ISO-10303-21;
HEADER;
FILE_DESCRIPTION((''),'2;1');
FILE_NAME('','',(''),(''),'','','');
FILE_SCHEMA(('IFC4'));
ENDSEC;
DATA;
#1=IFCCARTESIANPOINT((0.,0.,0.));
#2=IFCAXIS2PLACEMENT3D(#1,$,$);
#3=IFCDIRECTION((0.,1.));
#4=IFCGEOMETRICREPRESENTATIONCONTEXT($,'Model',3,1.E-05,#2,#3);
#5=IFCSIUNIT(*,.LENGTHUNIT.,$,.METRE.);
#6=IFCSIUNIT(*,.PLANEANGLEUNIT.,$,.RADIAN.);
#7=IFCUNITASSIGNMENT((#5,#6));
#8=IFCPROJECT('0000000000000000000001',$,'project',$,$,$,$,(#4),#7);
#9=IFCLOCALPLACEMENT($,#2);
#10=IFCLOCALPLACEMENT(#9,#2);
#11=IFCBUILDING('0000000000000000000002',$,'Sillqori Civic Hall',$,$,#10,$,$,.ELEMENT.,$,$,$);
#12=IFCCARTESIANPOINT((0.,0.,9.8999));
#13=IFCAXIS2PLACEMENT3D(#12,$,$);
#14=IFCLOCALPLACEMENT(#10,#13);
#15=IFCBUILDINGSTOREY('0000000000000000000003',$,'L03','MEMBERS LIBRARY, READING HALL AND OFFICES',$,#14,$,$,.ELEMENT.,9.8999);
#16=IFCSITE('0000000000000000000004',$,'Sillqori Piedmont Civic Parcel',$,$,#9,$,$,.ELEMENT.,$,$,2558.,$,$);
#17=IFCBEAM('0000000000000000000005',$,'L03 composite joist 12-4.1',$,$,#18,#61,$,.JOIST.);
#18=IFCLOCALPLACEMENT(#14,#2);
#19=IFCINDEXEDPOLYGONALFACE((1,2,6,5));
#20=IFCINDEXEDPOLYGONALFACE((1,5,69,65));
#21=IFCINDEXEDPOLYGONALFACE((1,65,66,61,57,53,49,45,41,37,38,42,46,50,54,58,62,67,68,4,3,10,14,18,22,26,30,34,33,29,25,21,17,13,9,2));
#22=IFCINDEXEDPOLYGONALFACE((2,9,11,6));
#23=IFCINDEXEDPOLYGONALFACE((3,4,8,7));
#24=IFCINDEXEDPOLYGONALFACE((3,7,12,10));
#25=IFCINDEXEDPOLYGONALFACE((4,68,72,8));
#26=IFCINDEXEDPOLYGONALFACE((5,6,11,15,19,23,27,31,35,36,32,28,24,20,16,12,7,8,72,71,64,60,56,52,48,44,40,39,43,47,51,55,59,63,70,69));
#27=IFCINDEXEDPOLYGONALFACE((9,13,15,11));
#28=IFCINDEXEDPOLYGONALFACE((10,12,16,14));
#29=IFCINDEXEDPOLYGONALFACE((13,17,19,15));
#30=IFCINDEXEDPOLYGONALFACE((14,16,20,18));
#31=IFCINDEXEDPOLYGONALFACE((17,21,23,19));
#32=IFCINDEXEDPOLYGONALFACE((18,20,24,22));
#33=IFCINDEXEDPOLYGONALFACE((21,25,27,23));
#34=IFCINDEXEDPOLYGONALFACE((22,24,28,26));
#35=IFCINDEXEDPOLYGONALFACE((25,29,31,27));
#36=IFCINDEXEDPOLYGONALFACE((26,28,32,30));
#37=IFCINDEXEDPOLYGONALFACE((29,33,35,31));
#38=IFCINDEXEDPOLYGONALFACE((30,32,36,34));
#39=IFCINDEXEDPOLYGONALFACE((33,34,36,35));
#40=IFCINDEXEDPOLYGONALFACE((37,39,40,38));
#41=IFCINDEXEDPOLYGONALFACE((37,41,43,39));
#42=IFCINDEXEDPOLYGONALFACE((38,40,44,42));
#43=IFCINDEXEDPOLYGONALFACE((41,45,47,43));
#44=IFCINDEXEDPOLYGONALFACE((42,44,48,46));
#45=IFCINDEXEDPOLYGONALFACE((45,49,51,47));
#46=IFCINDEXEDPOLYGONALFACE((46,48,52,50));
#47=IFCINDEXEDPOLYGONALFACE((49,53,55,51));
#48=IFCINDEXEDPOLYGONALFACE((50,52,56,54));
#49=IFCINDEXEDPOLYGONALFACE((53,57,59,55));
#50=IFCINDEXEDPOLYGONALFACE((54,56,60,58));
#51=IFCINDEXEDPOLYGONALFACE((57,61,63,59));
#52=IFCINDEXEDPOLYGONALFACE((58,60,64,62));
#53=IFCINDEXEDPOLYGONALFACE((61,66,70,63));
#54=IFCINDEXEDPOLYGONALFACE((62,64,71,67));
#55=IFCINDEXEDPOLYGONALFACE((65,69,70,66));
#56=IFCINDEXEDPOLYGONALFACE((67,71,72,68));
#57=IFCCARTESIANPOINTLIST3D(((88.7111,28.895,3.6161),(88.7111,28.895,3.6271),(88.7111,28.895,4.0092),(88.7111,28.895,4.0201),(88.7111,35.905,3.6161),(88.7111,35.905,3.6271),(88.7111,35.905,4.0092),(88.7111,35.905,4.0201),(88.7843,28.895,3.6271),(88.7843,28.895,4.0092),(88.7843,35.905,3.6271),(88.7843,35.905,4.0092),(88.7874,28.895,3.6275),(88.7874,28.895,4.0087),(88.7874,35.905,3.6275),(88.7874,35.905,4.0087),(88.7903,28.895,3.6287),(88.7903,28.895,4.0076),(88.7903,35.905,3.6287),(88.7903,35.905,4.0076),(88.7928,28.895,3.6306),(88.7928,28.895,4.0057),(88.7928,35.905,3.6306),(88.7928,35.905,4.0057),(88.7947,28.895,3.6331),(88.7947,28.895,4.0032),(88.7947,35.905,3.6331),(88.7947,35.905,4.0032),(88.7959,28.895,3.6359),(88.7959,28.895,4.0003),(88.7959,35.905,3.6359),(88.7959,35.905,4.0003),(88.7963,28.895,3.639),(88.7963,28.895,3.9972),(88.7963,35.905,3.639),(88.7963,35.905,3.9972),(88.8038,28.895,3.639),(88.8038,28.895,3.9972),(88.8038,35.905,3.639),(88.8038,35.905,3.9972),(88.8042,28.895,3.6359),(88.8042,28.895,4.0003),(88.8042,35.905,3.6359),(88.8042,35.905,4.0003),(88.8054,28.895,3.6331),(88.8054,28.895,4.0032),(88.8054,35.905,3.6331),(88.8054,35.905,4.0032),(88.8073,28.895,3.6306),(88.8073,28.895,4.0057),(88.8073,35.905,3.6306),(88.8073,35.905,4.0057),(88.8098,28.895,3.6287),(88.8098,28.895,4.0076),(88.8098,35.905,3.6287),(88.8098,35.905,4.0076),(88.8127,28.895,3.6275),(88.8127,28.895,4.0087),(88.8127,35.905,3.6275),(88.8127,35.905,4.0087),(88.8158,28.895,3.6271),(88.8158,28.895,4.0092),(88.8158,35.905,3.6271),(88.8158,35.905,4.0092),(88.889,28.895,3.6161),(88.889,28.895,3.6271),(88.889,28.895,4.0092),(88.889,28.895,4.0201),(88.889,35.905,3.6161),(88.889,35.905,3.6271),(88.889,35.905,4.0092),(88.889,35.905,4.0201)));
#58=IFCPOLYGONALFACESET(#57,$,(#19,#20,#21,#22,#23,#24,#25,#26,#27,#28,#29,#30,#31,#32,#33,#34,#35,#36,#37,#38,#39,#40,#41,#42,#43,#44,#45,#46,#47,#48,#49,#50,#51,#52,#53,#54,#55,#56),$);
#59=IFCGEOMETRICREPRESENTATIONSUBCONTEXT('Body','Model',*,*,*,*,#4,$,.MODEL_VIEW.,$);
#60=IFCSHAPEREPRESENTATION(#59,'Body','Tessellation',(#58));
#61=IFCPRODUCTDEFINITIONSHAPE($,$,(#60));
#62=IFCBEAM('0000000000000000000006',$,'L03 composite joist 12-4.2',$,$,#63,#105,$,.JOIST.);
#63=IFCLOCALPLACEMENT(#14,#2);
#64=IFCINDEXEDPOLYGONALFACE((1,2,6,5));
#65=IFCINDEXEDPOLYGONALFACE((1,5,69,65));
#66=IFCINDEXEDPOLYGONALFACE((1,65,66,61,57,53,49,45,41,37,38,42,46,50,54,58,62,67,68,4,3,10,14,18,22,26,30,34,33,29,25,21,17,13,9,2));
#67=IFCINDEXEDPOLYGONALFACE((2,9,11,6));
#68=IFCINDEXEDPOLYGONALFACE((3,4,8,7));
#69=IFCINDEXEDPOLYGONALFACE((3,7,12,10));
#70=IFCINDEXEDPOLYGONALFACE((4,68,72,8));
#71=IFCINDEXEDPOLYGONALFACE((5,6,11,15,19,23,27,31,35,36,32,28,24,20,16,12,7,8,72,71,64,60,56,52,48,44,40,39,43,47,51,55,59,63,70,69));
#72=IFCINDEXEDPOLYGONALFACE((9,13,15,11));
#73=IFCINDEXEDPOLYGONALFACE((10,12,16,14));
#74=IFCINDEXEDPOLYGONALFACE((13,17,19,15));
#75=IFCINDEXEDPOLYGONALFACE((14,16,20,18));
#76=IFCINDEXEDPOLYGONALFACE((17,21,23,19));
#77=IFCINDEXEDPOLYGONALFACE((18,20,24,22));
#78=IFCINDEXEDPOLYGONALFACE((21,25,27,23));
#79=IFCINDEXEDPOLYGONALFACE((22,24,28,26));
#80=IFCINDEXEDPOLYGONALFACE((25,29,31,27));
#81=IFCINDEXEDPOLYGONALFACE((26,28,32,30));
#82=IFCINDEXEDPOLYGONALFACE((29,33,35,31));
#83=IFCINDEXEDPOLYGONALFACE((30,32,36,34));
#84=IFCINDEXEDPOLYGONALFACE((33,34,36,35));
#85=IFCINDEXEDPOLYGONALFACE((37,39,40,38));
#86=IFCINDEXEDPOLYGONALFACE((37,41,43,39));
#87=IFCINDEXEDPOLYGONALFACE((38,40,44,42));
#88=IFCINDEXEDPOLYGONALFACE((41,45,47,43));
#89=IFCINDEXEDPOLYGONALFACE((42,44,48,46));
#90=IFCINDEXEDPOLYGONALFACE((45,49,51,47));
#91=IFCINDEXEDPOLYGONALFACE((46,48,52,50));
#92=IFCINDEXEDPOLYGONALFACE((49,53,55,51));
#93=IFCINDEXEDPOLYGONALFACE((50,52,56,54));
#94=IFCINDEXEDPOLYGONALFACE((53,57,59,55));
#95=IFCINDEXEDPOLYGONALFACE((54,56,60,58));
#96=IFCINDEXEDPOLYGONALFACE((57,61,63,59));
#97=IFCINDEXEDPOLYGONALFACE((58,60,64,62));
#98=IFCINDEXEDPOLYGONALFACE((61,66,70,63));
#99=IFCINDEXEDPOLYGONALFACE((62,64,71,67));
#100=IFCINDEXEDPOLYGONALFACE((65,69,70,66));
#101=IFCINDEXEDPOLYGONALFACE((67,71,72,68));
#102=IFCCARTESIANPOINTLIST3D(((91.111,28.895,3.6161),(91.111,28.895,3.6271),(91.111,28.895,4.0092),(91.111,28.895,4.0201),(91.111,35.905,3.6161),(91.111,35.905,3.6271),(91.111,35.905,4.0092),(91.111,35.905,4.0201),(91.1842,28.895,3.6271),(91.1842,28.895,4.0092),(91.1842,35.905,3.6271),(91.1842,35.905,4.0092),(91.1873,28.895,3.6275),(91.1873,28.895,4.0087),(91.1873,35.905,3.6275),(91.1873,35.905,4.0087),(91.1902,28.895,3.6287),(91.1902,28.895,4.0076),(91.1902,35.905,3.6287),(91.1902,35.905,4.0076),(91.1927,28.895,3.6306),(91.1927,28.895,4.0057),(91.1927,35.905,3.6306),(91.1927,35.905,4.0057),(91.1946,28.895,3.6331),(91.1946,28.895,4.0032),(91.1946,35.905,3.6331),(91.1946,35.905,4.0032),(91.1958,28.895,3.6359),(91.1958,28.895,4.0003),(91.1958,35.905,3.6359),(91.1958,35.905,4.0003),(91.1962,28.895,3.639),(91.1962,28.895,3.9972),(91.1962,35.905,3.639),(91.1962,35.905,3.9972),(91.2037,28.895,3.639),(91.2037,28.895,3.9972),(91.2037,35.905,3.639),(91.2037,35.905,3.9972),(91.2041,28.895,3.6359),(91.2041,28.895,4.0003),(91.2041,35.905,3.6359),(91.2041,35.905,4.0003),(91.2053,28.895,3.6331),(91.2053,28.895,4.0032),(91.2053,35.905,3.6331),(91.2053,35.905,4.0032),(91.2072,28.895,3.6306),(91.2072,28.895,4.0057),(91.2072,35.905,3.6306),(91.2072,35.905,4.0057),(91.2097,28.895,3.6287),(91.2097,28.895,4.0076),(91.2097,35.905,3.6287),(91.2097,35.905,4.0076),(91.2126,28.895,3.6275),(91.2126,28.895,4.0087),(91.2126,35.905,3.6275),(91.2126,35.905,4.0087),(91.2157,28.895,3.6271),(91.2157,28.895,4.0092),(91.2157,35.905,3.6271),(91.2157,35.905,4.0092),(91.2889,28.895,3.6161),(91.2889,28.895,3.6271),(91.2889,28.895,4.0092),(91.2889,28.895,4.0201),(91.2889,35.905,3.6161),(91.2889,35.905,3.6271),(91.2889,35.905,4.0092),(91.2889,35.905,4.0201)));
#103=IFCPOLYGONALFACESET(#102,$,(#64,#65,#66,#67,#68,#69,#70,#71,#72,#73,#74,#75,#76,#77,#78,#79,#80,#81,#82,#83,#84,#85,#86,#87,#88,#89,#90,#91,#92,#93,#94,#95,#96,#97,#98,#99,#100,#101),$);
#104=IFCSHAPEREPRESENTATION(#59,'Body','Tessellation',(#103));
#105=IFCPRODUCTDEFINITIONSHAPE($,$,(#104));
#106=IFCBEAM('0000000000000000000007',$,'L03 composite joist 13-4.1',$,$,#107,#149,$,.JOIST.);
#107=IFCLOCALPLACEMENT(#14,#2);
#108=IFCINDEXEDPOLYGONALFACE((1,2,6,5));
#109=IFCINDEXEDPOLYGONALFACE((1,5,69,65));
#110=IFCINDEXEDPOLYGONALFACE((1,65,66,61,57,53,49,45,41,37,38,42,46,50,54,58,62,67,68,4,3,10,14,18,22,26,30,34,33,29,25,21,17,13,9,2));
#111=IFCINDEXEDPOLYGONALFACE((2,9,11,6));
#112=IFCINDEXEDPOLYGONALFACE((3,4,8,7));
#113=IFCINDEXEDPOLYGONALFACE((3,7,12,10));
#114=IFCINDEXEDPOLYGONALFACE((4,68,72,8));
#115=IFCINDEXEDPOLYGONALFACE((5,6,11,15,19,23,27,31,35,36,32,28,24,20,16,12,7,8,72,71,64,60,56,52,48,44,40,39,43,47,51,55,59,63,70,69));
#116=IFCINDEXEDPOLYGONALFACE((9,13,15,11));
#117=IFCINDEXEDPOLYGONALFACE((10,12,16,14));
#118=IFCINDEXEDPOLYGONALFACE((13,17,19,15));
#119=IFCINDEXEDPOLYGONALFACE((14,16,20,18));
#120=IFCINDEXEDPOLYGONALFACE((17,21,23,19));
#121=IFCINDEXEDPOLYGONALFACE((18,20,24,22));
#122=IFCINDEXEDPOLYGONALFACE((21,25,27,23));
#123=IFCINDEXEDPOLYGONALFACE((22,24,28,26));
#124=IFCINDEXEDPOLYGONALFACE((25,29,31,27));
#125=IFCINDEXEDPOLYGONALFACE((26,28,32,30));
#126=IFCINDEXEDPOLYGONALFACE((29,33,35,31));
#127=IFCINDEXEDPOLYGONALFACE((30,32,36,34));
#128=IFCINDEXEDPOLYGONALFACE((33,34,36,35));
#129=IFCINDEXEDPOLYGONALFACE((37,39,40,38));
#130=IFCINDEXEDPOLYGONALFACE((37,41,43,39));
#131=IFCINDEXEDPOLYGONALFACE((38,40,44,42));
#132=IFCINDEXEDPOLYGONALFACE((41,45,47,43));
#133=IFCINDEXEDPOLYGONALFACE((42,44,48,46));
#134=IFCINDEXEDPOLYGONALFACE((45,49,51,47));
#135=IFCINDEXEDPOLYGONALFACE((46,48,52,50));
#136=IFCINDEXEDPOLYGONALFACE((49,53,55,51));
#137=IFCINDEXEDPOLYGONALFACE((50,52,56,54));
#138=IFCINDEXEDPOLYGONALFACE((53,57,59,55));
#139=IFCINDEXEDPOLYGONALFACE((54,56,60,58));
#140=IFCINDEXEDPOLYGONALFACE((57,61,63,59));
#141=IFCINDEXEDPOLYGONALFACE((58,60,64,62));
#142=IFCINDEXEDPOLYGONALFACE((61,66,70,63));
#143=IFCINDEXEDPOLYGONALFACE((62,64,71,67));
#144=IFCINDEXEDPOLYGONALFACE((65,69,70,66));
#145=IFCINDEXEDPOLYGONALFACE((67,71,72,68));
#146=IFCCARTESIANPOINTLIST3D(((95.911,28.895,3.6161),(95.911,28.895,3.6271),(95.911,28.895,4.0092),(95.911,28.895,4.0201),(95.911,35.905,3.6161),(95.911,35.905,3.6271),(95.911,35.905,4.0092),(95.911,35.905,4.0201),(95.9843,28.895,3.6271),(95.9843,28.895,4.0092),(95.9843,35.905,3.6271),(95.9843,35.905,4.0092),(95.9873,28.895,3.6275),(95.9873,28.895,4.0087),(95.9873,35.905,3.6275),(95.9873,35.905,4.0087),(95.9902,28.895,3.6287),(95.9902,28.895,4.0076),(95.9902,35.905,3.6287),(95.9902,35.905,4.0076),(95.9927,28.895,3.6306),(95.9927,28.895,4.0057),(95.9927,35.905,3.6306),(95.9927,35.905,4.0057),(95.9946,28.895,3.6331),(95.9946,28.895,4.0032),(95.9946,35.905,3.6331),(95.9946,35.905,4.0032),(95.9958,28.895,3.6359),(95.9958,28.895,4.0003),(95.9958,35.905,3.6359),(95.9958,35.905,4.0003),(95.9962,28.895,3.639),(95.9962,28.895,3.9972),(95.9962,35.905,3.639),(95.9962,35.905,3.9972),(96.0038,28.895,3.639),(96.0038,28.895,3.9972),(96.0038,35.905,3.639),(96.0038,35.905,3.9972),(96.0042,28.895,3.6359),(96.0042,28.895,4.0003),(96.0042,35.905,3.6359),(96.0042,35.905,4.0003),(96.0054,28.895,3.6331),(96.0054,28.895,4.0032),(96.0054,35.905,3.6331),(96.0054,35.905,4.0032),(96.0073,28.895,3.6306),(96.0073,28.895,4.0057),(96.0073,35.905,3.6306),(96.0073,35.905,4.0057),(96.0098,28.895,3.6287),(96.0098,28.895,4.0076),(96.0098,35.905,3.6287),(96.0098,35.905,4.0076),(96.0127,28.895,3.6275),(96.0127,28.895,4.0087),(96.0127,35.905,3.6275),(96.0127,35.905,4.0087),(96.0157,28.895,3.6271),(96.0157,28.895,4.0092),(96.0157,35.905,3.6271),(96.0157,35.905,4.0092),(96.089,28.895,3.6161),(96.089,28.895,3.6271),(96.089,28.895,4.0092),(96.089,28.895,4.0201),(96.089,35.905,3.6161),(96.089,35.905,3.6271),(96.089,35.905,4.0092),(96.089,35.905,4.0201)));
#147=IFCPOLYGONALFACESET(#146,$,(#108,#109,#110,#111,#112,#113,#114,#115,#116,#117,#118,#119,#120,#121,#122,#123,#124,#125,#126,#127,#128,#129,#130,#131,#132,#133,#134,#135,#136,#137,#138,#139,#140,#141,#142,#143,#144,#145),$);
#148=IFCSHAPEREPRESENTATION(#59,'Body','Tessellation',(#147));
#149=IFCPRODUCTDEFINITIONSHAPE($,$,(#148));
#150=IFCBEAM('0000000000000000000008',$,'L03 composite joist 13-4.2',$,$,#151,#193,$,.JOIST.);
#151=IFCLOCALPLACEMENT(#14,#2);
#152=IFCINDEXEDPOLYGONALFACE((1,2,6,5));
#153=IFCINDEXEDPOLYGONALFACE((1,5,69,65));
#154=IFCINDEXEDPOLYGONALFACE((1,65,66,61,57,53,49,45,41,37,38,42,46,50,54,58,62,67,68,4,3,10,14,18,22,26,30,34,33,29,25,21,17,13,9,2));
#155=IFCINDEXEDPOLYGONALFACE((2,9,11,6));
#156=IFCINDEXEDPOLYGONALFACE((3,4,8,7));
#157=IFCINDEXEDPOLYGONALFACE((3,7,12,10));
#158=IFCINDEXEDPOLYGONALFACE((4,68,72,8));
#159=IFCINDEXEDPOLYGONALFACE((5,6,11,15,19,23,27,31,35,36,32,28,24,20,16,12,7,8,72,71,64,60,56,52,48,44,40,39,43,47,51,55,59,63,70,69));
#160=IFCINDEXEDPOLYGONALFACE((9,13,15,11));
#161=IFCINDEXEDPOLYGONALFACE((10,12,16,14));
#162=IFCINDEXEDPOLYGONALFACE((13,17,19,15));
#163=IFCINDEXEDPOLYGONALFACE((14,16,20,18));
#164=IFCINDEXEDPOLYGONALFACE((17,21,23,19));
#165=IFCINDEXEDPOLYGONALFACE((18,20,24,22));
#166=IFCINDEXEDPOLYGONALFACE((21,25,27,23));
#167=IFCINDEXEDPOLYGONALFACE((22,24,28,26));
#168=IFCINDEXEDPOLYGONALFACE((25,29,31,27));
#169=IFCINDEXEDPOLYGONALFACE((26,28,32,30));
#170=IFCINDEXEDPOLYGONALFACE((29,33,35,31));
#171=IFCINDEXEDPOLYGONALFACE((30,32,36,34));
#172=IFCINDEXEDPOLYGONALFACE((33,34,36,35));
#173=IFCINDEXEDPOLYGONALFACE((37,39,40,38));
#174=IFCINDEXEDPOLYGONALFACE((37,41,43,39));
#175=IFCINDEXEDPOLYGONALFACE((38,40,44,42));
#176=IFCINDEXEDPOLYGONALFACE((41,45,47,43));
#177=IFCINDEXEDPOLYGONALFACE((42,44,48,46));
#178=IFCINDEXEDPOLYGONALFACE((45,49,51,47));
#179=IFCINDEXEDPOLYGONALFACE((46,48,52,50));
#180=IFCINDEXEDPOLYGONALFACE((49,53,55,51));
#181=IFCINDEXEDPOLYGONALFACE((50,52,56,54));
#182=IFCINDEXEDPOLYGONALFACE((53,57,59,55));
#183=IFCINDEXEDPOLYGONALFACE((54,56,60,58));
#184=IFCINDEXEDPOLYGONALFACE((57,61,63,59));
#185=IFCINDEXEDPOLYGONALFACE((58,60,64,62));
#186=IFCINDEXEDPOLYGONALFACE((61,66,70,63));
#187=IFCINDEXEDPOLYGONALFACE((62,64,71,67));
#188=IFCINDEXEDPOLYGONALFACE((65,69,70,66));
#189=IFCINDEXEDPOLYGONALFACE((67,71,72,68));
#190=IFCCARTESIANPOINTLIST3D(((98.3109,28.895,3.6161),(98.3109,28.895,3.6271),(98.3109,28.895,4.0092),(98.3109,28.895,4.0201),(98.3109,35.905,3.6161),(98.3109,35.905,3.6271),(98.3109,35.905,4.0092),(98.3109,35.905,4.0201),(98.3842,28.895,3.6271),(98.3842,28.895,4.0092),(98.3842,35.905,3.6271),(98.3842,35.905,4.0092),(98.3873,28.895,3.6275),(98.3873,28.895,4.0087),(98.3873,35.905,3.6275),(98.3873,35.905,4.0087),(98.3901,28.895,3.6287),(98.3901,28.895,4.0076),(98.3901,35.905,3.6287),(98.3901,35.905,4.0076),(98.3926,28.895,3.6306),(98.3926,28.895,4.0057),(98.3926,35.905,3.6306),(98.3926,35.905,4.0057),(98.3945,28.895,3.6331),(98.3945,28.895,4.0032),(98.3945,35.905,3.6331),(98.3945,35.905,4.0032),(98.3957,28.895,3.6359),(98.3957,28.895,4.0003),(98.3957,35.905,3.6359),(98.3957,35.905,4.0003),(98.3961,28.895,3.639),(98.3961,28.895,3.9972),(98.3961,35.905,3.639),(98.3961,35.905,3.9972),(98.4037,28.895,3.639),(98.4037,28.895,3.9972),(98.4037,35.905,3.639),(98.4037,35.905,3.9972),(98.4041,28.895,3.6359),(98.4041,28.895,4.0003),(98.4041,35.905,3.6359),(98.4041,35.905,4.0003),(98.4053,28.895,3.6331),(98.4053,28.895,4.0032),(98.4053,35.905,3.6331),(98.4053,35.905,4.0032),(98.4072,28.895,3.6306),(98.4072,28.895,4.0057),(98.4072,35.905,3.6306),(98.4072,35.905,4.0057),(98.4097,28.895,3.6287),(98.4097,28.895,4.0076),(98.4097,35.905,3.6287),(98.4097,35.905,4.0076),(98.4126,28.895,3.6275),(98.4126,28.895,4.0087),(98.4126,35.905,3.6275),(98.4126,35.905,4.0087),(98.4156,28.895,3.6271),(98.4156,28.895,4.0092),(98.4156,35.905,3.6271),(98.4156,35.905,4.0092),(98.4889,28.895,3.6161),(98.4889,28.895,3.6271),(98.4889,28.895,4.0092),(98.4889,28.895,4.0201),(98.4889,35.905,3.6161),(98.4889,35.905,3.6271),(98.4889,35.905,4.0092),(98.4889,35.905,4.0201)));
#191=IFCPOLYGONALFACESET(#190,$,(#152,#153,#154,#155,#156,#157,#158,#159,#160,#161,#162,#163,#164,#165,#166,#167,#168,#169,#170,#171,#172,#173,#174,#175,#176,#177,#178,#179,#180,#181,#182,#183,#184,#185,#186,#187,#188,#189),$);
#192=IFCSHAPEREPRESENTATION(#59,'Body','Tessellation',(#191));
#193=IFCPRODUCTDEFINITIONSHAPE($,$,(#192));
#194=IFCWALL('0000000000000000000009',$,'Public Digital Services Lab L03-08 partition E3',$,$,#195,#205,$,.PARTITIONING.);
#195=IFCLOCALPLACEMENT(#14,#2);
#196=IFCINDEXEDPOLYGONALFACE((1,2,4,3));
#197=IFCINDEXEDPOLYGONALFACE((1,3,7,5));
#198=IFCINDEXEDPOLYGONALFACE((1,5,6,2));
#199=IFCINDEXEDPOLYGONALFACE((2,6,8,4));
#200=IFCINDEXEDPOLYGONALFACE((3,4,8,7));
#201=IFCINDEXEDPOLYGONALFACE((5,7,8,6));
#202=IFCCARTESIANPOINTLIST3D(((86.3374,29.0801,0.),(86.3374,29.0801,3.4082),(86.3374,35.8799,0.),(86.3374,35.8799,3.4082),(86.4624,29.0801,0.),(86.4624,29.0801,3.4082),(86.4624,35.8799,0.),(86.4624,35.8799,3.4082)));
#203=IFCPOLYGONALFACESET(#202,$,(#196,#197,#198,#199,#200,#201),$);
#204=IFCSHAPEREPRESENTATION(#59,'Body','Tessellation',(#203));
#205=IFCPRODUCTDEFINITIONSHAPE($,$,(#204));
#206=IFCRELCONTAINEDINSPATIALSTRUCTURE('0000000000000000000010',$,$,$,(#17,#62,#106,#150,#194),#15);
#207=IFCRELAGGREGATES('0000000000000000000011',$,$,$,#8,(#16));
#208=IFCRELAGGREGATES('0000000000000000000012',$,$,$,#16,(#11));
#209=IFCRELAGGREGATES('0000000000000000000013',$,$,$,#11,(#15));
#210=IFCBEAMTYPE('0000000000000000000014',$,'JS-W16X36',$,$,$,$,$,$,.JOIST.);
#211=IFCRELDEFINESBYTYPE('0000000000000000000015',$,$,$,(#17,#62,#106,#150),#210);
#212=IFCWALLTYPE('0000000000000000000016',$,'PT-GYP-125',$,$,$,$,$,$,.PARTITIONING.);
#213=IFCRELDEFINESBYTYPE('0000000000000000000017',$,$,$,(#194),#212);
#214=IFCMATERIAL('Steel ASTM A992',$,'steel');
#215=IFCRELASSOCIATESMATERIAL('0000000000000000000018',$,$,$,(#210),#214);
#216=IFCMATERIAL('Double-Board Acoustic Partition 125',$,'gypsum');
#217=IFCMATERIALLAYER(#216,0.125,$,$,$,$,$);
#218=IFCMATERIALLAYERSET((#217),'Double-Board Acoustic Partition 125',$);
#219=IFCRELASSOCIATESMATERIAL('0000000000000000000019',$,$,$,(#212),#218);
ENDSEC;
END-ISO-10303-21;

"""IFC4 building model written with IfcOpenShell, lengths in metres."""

from ifc_helpers import new_model, si_unit, direction, frame, frame_2d, origin, origin_2d, place, context, subcontext, project, spatial, rectangle, i_section, extrude, material, layer, layer_set, material_profile, profile_set, type_object, element, save


model = new_model("IFC4")

# Units and contexts
model_context = context("Model", 3, precision=1e-05, world=origin(), true_north=direction((0.0, 1.0)))
body_context = subcontext(model_context, "Body", "Model", "MODEL_VIEW")
ifc_project = project(units=[si_unit("LENGTHUNIT", "METRE"), si_unit("PLANEANGLEUNIT", "RADIAN")], contexts=[model_context])

# Site, building, storey
site_placement = place(None, origin())
site = spatial("IfcSite", under=ifc_project, at=site_placement, Name="Sillqori Piedmont Civic Parcel", CompositionType="ELEMENT", RefElevation=2558.0)
building_placement = place(site_placement, origin())
building = spatial("IfcBuilding", under=site, at=building_placement, Name="Sillqori Civic Hall", CompositionType="ELEMENT")
storey_placement = place(building_placement, frame((0.0, 0.0, 9.8999)))
storey = spatial("IfcBuildingStorey", under=building, at=storey_placement, Name="L03", Description="MEMBERS LIBRARY, READING HALL AND OFFICES", CompositionType="ELEMENT", Elevation=9.8999)

# Shared definitions
ifc_material_1 = material(Name="Steel ASTM A992", Category="steel")

# Beams
ifc_material_profile_1 = material_profile(ifc_material_1, i_section(OverallWidth=0.178, OverallDepth=0.4041, WebThickness=0.0076, FlangeThickness=0.011, FilletRadius=0.012, at=origin_2d()), Name="W16X36")
ifc_profile_set_1 = profile_set([ifc_material_profile_1], Name="Steel ASTM A992")
beam_type_1 = type_object("IfcBeamType", Name="JS-W16X36", PredefinedType="JOIST", material=ifc_profile_set_1)
for number, where, z_axis, x_axis, name in (
    (1, (88.8, 28.895, 3.8181), (0.0, 1.0, 0.0), (-1.0, 0.0, 0.0), "L03 composite joist 12-4.1"),
    (2, (91.2, 28.895, 3.8181), (0.0, 1.0, 0.0), (-1.0, 0.0, 0.0), "L03 composite joist 12-4.2"),
    (3, (96.0, 28.895, 3.8181), (0.0, 1.0, 0.0), (-1.0, 0.0, 0.0), "L03 composite joist 13-4.1"),
    (4, (98.3999, 28.895, 3.8181), (0.0, 1.0, 0.0), (-1.0, 0.0, 0.0), "L03 composite joist 13-4.2"),
):
    element("IfcBeam", number, at=place(storey_placement, frame(where, z_axis=z_axis, x_axis=x_axis)), inside=storey, type_object=beam_type_1, Name=name, PredefinedType="JOIST", context=body_context, shape_type="SweptSolid", body=[
        extrude(i_section(OverallWidth=0.178, OverallDepth=0.4041, WebThickness=0.0076, FlangeThickness=0.011, FilletRadius=0.012, at=origin_2d()), origin(), (0.0, 0.0, 1.0), 7.01),
    ])

# Wall
ifc_material_2 = material(Name="Double-Board Acoustic Partition 125", Category="gypsum")
ifc_layer_1 = layer(ifc_material_2, 0.125)
ifc_layer_set_1 = layer_set([ifc_layer_1], Name="Double-Board Acoustic Partition 125")
wall_type_1 = type_object("IfcWallType", Name="PT-GYP-125", PredefinedType="PARTITIONING", material=ifc_layer_set_1)
wall_1_placement = place(storey_placement, frame((86.3999, 35.8799, 0.0), z_axis=(0.0, 0.0, 1.0), x_axis=(0.0, -1.0, 0.0)))
element("IfcWall", 5, at=wall_1_placement, inside=storey, type_object=wall_type_1, Name="Public Digital Services Lab L03-08 partition E3", PredefinedType="PARTITIONING", context=body_context, shape_type="SweptSolid", body=[
    extrude(rectangle(XDim=6.7998, YDim=0.125, at=frame_2d((3.3999, 0.0))), origin(), (0.0, 0.0, 1.0), 3.4082),
])

save(model, "model.ifc")
